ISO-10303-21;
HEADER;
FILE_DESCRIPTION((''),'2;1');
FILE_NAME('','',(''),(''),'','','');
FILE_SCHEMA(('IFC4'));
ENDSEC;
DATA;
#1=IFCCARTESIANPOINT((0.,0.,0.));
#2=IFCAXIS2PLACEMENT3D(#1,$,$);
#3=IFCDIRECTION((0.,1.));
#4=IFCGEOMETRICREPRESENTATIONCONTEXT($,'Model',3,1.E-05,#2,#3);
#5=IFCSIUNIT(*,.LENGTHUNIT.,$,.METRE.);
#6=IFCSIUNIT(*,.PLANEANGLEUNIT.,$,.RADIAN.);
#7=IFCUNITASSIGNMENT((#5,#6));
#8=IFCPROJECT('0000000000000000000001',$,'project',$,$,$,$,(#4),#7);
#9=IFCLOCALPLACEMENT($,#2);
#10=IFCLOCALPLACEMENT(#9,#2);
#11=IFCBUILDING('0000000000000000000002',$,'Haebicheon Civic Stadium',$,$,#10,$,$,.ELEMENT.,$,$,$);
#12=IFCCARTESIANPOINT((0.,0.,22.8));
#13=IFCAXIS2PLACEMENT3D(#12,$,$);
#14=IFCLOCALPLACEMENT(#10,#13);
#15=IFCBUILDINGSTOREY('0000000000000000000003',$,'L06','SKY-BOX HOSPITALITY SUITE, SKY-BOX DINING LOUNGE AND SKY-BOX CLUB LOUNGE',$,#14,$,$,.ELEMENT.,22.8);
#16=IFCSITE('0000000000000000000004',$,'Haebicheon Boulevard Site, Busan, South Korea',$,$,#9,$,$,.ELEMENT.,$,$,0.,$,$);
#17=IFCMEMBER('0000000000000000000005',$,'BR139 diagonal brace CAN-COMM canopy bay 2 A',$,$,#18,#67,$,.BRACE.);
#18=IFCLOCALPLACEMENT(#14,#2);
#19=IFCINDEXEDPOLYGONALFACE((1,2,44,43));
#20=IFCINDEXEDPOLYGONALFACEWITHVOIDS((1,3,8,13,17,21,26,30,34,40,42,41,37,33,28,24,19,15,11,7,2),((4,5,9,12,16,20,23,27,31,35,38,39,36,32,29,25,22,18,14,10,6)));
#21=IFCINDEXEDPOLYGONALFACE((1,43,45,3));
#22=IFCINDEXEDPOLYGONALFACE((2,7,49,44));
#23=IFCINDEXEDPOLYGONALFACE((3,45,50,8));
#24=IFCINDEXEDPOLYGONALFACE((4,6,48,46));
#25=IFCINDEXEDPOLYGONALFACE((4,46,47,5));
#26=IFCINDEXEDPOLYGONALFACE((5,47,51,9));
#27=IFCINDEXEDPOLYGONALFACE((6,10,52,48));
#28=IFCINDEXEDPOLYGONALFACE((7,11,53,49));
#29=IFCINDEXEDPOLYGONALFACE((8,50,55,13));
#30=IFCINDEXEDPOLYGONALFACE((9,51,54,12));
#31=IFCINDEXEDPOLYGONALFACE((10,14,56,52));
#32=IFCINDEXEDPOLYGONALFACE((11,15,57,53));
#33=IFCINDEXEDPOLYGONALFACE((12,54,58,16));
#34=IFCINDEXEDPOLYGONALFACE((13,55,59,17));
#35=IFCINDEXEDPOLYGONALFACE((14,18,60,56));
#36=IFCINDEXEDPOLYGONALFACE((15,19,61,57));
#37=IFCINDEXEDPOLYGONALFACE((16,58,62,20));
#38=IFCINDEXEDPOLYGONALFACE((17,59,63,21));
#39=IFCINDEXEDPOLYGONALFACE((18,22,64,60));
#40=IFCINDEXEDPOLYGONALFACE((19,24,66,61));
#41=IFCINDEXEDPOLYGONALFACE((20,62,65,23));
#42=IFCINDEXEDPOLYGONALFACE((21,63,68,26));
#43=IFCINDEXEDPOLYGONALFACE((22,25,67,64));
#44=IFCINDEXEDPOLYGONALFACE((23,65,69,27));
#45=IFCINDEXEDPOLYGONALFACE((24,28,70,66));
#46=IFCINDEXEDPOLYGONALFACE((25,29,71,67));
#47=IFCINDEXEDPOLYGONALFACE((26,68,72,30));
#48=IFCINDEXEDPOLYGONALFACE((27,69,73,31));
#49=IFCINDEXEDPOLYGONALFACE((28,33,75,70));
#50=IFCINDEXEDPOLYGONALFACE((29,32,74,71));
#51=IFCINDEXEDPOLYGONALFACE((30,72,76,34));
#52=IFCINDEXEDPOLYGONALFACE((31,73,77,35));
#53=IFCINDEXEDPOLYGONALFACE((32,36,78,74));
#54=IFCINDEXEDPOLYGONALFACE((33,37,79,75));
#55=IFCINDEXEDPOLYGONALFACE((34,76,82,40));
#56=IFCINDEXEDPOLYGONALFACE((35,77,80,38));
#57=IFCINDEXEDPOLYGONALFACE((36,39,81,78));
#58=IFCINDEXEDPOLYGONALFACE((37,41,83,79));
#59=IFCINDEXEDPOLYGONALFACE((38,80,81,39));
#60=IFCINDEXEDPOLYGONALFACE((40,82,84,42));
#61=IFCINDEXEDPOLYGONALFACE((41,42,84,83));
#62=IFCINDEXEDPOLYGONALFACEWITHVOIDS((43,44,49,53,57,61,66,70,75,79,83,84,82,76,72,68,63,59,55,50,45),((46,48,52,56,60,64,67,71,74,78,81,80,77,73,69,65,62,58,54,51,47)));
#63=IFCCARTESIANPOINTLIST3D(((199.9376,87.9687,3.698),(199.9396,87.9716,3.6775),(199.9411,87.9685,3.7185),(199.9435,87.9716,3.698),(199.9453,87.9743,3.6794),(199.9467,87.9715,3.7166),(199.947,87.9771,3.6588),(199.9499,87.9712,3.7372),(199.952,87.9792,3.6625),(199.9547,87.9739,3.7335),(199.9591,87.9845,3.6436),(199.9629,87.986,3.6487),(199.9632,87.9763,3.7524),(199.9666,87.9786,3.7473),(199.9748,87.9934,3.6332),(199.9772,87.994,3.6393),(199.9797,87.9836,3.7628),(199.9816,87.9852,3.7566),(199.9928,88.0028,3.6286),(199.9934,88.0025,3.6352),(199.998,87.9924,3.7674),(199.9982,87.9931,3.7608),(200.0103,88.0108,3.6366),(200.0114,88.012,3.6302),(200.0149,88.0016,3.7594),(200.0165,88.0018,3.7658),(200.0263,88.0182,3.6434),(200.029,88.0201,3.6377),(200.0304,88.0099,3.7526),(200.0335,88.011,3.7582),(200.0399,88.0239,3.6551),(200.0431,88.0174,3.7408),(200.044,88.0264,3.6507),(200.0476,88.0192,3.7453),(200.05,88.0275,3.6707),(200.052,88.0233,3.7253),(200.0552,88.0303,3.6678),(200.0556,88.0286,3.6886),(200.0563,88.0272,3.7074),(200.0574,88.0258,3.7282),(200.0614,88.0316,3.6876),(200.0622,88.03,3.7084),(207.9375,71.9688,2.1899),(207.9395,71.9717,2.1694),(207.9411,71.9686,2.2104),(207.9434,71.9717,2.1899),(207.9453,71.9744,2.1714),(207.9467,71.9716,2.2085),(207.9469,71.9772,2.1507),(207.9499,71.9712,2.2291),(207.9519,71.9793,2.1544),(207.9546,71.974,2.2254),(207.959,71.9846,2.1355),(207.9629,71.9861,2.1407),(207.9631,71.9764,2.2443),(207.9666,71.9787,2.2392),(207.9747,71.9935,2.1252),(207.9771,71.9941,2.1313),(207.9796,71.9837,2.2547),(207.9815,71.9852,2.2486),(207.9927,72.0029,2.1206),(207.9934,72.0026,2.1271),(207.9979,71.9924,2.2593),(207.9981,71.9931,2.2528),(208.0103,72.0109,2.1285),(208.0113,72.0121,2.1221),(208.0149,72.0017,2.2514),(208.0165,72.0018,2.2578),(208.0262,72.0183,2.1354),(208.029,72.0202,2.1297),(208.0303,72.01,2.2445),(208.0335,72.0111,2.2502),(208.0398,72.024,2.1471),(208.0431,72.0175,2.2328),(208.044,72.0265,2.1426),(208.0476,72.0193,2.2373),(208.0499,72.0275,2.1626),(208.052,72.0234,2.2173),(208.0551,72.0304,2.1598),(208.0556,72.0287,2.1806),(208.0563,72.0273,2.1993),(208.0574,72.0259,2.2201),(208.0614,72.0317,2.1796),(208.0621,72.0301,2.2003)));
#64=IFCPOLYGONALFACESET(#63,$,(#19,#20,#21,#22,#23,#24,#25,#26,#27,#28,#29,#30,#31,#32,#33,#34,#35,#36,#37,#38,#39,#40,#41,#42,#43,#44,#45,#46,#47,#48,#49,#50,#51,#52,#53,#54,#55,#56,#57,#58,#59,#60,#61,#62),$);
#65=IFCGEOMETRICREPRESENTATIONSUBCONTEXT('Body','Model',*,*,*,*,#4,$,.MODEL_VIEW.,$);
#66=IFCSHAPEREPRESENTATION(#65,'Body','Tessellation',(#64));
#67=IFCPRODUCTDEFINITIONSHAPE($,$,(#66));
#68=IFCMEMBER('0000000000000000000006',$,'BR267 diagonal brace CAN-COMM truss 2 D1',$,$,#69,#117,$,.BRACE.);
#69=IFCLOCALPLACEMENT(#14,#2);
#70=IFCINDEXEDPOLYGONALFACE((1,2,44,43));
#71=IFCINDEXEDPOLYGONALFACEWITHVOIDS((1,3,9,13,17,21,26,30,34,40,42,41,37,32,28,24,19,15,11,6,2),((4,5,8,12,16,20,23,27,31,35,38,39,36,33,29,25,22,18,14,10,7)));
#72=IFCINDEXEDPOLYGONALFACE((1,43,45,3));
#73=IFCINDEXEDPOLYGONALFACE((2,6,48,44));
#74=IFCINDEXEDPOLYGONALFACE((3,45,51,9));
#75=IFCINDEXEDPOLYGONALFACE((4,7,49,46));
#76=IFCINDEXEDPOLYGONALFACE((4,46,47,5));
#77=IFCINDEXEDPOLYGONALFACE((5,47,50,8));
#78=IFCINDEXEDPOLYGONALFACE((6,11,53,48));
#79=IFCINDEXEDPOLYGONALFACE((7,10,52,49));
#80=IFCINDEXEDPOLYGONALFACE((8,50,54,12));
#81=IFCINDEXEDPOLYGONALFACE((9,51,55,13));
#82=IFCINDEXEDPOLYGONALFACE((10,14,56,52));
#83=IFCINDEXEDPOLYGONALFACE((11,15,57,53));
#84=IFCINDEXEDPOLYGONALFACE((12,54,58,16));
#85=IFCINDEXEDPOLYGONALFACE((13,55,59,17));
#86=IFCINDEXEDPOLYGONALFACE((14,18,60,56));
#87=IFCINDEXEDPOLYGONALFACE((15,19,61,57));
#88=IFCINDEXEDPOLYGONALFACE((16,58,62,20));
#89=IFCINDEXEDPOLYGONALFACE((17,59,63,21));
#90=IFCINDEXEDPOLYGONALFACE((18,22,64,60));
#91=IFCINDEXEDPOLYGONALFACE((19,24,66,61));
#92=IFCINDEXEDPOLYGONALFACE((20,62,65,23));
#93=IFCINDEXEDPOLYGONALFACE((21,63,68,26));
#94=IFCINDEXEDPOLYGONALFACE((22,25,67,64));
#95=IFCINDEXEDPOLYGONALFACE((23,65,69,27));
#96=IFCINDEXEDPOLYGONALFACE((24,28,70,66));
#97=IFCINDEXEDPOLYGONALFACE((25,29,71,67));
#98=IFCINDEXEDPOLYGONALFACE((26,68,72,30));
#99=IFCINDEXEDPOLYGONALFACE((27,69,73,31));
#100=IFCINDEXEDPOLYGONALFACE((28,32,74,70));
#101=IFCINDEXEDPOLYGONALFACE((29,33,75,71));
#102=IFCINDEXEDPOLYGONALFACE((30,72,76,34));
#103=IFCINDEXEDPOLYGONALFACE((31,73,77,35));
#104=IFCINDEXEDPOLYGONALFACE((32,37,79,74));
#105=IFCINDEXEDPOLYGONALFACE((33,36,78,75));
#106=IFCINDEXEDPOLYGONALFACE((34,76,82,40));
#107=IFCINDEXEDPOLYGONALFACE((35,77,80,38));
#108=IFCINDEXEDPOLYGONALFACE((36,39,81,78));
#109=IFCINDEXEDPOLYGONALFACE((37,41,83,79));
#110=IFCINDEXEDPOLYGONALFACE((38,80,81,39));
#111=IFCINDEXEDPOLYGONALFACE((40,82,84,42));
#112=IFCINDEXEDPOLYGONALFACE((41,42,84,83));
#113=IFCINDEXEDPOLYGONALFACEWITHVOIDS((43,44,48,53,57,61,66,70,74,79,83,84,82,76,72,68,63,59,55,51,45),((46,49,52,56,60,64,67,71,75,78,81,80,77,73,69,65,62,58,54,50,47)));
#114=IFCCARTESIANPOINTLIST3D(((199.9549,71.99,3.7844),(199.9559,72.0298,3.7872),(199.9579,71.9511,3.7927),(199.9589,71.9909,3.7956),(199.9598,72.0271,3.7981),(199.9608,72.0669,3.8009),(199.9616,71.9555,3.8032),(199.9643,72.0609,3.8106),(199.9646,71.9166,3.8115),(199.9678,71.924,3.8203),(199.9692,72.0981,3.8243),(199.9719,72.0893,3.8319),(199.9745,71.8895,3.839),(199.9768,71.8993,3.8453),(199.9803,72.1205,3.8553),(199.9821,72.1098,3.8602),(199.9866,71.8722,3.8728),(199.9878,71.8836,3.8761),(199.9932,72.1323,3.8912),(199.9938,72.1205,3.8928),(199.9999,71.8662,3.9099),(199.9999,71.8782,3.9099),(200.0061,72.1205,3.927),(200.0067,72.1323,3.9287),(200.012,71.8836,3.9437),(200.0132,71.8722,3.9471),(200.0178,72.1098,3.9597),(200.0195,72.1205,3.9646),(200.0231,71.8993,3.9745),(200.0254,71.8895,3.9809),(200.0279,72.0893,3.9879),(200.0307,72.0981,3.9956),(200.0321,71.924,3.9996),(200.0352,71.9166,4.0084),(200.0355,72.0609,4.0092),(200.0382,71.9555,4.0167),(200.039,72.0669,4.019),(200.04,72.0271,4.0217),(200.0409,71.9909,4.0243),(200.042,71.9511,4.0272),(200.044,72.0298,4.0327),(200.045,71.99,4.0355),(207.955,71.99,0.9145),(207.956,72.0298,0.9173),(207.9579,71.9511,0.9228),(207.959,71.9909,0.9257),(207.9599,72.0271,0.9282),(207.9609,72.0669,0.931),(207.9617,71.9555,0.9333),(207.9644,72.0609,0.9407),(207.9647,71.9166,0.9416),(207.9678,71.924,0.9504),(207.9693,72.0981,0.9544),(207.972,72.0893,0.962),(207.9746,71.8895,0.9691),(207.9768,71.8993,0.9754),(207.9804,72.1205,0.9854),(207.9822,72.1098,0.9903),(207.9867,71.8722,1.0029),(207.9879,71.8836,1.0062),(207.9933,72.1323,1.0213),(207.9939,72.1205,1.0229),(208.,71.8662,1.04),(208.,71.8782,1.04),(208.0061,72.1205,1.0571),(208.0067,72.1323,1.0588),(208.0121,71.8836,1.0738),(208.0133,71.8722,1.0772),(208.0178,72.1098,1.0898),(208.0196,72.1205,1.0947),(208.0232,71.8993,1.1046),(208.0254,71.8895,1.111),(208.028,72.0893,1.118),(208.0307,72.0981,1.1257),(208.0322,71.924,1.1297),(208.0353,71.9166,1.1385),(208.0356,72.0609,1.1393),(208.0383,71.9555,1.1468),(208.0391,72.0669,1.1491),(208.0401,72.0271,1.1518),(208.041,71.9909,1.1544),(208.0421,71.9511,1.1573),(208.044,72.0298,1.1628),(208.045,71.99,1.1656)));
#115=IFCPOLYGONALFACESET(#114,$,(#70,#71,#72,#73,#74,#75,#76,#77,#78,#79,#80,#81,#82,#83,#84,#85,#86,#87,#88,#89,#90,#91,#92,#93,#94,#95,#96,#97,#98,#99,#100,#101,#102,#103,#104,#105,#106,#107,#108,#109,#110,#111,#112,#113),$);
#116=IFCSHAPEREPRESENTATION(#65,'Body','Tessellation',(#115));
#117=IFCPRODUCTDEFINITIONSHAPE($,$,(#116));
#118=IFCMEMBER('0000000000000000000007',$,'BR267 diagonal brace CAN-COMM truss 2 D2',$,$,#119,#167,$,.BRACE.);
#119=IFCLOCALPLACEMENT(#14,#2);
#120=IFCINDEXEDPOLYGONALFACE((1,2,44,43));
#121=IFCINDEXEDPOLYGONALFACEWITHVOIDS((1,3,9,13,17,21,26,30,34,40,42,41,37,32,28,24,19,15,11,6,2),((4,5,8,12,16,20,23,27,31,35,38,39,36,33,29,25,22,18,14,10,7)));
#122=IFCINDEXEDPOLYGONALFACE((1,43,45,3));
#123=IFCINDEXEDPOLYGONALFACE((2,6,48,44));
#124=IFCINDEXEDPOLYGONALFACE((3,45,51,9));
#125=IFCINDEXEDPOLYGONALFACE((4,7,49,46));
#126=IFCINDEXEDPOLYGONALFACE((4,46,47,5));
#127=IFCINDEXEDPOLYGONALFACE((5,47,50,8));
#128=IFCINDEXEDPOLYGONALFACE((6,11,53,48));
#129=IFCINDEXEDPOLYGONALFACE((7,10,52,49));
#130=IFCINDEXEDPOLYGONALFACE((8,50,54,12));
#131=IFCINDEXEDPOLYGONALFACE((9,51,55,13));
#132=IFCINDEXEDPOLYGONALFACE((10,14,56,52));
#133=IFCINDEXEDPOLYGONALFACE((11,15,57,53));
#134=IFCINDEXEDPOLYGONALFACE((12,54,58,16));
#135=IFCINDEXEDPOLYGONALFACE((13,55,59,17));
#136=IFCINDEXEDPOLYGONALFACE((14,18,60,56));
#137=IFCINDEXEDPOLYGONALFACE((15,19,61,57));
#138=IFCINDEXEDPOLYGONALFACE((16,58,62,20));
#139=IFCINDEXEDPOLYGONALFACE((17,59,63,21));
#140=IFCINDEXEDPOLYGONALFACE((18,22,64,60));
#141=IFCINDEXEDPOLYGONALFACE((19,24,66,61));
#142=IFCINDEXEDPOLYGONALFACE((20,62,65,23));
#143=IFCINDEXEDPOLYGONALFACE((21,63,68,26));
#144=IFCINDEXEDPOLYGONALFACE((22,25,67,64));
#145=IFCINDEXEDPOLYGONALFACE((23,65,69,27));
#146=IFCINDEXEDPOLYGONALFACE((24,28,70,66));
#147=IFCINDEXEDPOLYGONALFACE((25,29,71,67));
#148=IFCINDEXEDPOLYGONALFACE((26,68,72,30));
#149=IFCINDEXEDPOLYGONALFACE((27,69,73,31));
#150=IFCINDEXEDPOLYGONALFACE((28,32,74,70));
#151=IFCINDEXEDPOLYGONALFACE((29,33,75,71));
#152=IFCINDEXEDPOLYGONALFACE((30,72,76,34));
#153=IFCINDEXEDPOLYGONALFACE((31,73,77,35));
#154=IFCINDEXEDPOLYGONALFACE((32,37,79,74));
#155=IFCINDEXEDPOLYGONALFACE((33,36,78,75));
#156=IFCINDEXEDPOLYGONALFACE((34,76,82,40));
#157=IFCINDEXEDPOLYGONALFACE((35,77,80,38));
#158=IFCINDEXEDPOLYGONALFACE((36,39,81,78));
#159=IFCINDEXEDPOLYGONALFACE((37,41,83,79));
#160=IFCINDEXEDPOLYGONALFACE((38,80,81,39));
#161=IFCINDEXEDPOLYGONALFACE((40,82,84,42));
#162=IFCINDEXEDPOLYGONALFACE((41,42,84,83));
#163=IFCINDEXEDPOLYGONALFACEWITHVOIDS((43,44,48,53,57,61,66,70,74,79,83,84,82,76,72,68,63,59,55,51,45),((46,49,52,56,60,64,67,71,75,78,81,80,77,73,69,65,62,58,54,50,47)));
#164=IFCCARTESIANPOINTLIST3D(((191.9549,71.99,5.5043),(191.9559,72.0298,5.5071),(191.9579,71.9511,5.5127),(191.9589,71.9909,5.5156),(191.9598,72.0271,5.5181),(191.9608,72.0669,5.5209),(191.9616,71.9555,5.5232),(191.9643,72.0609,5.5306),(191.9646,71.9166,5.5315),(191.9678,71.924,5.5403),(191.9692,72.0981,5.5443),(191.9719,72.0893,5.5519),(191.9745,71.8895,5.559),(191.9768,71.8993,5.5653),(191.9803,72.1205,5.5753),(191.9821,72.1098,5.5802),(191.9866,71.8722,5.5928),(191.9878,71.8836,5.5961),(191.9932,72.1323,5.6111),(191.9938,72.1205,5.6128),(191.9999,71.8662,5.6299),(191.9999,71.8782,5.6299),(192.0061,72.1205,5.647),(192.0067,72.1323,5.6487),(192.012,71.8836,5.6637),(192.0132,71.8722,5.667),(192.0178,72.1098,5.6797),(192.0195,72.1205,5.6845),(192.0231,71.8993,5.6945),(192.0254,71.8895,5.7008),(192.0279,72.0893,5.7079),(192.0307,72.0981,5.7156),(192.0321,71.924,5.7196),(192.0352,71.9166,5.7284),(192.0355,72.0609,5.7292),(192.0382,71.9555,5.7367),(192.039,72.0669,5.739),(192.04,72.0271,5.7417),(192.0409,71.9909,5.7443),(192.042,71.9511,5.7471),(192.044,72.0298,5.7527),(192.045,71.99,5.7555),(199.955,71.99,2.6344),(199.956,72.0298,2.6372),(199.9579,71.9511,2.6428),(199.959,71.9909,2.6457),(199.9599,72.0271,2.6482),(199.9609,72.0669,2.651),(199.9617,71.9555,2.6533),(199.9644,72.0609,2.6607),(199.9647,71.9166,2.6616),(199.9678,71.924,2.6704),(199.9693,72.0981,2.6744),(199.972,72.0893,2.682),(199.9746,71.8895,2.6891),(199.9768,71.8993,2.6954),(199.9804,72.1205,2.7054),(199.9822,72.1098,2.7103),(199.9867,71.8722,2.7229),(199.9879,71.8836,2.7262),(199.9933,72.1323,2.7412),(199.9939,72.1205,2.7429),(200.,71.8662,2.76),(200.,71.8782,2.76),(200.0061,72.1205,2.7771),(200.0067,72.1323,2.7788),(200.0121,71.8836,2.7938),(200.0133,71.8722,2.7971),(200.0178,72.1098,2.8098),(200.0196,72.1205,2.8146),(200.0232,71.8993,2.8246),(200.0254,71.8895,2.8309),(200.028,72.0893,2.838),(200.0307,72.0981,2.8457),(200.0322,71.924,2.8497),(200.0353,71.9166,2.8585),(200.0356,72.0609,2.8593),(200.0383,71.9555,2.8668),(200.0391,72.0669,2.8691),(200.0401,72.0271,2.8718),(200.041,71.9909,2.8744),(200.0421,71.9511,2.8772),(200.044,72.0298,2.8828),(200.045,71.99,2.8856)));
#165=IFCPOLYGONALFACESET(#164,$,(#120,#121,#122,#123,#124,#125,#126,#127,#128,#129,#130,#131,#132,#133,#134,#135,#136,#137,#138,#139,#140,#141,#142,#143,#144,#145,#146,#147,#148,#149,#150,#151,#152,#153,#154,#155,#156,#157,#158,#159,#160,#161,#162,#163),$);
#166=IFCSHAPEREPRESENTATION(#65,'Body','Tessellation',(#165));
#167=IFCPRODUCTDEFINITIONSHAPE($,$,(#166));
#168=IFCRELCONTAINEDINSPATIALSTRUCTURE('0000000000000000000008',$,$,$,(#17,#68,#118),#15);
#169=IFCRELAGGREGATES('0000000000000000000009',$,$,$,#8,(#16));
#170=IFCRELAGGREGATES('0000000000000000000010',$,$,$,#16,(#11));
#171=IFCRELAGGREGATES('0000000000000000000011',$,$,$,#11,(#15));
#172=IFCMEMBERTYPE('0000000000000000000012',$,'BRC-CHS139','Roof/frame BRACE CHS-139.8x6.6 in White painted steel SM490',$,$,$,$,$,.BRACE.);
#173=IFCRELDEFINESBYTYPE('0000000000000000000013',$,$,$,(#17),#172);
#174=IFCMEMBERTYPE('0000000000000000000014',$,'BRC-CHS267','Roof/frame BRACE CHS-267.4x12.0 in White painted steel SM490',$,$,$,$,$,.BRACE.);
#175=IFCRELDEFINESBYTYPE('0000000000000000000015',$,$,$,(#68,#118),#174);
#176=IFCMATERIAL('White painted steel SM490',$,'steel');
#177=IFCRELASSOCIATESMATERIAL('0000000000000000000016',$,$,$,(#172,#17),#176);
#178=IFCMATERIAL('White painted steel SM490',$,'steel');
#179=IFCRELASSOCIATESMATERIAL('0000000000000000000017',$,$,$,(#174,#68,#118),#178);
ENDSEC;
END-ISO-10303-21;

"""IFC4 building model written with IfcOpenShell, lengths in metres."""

from ifc_helpers import new_model, si_unit, direction, frame, origin, origin_2d, place, context, subcontext, project, spatial, hollow_circle, extrude, material, material_profile, profile_set, type_object, element, save


model = new_model("IFC4")

# Units and contexts
model_context = context("Model", 3, precision=1e-05, world=origin(), true_north=direction((0.0, 1.0)))
body_context = subcontext(model_context, "Body", "Model", "MODEL_VIEW")
ifc_project = project(units=[si_unit("LENGTHUNIT", "METRE"), si_unit("PLANEANGLEUNIT", "RADIAN")], contexts=[model_context])

# Site, building, storey
site_placement = place(None, origin())
site = spatial("IfcSite", under=ifc_project, at=site_placement, Name="Haebicheon Boulevard Site, Busan, South Korea", CompositionType="ELEMENT", RefElevation=0.0)
building_placement = place(site_placement, origin())
building = spatial("IfcBuilding", under=site, at=building_placement, Name="Haebicheon Civic Stadium", CompositionType="ELEMENT")
storey_placement = place(building_placement, frame((0.0, 0.0, 22.8)))
storey = spatial("IfcBuildingStorey", under=building, at=storey_placement, Name="L06", Description="SKY-BOX HOSPITALITY SUITE, SKY-BOX DINING LOUNGE AND SKY-BOX CLUB LOUNGE", CompositionType="ELEMENT", Elevation=22.8)

# Members
ifc_material_1 = material(Name="White painted steel SM490", Category="steel")
ifc_material_profile_1 = material_profile(ifc_material_1, hollow_circle(Radius=0.0698, WallThickness=0.0066, at=origin_2d()), Name="CHS-139.8x6.6")
ifc_profile_set_1 = profile_set([ifc_material_profile_1], Name="White painted steel SM490")
member_type_1 = type_object("IfcMemberType", Name="BRC-CHS139", Description="Roof/frame BRACE CHS-139.8x6.6 in White painted steel SM490", PredefinedType="BRACE", material=ifc_profile_set_1)
member_1_placement = place(storey_placement, frame((208.0, 72.0, 2.1899), z_axis=(-0.445633, 0.891266, 0.084005), x_axis=(-0.894427, -0.447214, 0.0)))
element("IfcMember", 1, at=member_1_placement, inside=storey, type_object=member_type_1, material=ifc_profile_set_1, Name="BR139 diagonal brace CAN-COMM canopy bay 2 A", PredefinedType="BRACE", context=body_context, shape_type="SweptSolid", body=[
    extrude(hollow_circle(Radius=0.0698, WallThickness=0.0066, at=origin_2d()), origin(), (0.0, 0.0, 1.0), 17.9519),
])
ifc_material_2 = material(Name="White painted steel SM490", Category="steel")
ifc_material_profile_2 = material_profile(ifc_material_2, hollow_circle(Radius=0.1338, WallThickness=0.012, at=origin_2d()), Name="CHS-267.4x12.0")
ifc_profile_set_2 = profile_set([ifc_material_profile_2], Name="White painted steel SM490")
member_type_2 = type_object("IfcMemberType", Name="BRC-CHS267", Description="Roof/frame BRACE CHS-267.4x12.0 in White painted steel SM490", PredefinedType="BRACE", material=ifc_profile_set_2)
for number, where, z_axis, x_axis, name in (
    (2, (208.0, 72.0, 1.04), (-0.941267, 0.0, 0.337664), (0.0, -1.0, 0.0), "BR267 diagonal brace CAN-COMM truss 2 D1"),
    (3, (200.0, 72.0, 2.76), (-0.941267, 0.0, 0.337664), (0.0, -1.0, 0.0), "BR267 diagonal brace CAN-COMM truss 2 D2"),
):
    element("IfcMember", number, at=place(storey_placement, frame(where, z_axis=z_axis, x_axis=x_axis)), inside=storey, type_object=member_type_2, material=ifc_profile_set_2, Name=name, PredefinedType="BRACE", context=body_context, shape_type="SweptSolid", body=[
        extrude(hollow_circle(Radius=0.1338, WallThickness=0.012, at=origin_2d()), origin(), (0.0, 0.0, 1.0), 8.4993),
    ])

save(model, "model.ifc")
